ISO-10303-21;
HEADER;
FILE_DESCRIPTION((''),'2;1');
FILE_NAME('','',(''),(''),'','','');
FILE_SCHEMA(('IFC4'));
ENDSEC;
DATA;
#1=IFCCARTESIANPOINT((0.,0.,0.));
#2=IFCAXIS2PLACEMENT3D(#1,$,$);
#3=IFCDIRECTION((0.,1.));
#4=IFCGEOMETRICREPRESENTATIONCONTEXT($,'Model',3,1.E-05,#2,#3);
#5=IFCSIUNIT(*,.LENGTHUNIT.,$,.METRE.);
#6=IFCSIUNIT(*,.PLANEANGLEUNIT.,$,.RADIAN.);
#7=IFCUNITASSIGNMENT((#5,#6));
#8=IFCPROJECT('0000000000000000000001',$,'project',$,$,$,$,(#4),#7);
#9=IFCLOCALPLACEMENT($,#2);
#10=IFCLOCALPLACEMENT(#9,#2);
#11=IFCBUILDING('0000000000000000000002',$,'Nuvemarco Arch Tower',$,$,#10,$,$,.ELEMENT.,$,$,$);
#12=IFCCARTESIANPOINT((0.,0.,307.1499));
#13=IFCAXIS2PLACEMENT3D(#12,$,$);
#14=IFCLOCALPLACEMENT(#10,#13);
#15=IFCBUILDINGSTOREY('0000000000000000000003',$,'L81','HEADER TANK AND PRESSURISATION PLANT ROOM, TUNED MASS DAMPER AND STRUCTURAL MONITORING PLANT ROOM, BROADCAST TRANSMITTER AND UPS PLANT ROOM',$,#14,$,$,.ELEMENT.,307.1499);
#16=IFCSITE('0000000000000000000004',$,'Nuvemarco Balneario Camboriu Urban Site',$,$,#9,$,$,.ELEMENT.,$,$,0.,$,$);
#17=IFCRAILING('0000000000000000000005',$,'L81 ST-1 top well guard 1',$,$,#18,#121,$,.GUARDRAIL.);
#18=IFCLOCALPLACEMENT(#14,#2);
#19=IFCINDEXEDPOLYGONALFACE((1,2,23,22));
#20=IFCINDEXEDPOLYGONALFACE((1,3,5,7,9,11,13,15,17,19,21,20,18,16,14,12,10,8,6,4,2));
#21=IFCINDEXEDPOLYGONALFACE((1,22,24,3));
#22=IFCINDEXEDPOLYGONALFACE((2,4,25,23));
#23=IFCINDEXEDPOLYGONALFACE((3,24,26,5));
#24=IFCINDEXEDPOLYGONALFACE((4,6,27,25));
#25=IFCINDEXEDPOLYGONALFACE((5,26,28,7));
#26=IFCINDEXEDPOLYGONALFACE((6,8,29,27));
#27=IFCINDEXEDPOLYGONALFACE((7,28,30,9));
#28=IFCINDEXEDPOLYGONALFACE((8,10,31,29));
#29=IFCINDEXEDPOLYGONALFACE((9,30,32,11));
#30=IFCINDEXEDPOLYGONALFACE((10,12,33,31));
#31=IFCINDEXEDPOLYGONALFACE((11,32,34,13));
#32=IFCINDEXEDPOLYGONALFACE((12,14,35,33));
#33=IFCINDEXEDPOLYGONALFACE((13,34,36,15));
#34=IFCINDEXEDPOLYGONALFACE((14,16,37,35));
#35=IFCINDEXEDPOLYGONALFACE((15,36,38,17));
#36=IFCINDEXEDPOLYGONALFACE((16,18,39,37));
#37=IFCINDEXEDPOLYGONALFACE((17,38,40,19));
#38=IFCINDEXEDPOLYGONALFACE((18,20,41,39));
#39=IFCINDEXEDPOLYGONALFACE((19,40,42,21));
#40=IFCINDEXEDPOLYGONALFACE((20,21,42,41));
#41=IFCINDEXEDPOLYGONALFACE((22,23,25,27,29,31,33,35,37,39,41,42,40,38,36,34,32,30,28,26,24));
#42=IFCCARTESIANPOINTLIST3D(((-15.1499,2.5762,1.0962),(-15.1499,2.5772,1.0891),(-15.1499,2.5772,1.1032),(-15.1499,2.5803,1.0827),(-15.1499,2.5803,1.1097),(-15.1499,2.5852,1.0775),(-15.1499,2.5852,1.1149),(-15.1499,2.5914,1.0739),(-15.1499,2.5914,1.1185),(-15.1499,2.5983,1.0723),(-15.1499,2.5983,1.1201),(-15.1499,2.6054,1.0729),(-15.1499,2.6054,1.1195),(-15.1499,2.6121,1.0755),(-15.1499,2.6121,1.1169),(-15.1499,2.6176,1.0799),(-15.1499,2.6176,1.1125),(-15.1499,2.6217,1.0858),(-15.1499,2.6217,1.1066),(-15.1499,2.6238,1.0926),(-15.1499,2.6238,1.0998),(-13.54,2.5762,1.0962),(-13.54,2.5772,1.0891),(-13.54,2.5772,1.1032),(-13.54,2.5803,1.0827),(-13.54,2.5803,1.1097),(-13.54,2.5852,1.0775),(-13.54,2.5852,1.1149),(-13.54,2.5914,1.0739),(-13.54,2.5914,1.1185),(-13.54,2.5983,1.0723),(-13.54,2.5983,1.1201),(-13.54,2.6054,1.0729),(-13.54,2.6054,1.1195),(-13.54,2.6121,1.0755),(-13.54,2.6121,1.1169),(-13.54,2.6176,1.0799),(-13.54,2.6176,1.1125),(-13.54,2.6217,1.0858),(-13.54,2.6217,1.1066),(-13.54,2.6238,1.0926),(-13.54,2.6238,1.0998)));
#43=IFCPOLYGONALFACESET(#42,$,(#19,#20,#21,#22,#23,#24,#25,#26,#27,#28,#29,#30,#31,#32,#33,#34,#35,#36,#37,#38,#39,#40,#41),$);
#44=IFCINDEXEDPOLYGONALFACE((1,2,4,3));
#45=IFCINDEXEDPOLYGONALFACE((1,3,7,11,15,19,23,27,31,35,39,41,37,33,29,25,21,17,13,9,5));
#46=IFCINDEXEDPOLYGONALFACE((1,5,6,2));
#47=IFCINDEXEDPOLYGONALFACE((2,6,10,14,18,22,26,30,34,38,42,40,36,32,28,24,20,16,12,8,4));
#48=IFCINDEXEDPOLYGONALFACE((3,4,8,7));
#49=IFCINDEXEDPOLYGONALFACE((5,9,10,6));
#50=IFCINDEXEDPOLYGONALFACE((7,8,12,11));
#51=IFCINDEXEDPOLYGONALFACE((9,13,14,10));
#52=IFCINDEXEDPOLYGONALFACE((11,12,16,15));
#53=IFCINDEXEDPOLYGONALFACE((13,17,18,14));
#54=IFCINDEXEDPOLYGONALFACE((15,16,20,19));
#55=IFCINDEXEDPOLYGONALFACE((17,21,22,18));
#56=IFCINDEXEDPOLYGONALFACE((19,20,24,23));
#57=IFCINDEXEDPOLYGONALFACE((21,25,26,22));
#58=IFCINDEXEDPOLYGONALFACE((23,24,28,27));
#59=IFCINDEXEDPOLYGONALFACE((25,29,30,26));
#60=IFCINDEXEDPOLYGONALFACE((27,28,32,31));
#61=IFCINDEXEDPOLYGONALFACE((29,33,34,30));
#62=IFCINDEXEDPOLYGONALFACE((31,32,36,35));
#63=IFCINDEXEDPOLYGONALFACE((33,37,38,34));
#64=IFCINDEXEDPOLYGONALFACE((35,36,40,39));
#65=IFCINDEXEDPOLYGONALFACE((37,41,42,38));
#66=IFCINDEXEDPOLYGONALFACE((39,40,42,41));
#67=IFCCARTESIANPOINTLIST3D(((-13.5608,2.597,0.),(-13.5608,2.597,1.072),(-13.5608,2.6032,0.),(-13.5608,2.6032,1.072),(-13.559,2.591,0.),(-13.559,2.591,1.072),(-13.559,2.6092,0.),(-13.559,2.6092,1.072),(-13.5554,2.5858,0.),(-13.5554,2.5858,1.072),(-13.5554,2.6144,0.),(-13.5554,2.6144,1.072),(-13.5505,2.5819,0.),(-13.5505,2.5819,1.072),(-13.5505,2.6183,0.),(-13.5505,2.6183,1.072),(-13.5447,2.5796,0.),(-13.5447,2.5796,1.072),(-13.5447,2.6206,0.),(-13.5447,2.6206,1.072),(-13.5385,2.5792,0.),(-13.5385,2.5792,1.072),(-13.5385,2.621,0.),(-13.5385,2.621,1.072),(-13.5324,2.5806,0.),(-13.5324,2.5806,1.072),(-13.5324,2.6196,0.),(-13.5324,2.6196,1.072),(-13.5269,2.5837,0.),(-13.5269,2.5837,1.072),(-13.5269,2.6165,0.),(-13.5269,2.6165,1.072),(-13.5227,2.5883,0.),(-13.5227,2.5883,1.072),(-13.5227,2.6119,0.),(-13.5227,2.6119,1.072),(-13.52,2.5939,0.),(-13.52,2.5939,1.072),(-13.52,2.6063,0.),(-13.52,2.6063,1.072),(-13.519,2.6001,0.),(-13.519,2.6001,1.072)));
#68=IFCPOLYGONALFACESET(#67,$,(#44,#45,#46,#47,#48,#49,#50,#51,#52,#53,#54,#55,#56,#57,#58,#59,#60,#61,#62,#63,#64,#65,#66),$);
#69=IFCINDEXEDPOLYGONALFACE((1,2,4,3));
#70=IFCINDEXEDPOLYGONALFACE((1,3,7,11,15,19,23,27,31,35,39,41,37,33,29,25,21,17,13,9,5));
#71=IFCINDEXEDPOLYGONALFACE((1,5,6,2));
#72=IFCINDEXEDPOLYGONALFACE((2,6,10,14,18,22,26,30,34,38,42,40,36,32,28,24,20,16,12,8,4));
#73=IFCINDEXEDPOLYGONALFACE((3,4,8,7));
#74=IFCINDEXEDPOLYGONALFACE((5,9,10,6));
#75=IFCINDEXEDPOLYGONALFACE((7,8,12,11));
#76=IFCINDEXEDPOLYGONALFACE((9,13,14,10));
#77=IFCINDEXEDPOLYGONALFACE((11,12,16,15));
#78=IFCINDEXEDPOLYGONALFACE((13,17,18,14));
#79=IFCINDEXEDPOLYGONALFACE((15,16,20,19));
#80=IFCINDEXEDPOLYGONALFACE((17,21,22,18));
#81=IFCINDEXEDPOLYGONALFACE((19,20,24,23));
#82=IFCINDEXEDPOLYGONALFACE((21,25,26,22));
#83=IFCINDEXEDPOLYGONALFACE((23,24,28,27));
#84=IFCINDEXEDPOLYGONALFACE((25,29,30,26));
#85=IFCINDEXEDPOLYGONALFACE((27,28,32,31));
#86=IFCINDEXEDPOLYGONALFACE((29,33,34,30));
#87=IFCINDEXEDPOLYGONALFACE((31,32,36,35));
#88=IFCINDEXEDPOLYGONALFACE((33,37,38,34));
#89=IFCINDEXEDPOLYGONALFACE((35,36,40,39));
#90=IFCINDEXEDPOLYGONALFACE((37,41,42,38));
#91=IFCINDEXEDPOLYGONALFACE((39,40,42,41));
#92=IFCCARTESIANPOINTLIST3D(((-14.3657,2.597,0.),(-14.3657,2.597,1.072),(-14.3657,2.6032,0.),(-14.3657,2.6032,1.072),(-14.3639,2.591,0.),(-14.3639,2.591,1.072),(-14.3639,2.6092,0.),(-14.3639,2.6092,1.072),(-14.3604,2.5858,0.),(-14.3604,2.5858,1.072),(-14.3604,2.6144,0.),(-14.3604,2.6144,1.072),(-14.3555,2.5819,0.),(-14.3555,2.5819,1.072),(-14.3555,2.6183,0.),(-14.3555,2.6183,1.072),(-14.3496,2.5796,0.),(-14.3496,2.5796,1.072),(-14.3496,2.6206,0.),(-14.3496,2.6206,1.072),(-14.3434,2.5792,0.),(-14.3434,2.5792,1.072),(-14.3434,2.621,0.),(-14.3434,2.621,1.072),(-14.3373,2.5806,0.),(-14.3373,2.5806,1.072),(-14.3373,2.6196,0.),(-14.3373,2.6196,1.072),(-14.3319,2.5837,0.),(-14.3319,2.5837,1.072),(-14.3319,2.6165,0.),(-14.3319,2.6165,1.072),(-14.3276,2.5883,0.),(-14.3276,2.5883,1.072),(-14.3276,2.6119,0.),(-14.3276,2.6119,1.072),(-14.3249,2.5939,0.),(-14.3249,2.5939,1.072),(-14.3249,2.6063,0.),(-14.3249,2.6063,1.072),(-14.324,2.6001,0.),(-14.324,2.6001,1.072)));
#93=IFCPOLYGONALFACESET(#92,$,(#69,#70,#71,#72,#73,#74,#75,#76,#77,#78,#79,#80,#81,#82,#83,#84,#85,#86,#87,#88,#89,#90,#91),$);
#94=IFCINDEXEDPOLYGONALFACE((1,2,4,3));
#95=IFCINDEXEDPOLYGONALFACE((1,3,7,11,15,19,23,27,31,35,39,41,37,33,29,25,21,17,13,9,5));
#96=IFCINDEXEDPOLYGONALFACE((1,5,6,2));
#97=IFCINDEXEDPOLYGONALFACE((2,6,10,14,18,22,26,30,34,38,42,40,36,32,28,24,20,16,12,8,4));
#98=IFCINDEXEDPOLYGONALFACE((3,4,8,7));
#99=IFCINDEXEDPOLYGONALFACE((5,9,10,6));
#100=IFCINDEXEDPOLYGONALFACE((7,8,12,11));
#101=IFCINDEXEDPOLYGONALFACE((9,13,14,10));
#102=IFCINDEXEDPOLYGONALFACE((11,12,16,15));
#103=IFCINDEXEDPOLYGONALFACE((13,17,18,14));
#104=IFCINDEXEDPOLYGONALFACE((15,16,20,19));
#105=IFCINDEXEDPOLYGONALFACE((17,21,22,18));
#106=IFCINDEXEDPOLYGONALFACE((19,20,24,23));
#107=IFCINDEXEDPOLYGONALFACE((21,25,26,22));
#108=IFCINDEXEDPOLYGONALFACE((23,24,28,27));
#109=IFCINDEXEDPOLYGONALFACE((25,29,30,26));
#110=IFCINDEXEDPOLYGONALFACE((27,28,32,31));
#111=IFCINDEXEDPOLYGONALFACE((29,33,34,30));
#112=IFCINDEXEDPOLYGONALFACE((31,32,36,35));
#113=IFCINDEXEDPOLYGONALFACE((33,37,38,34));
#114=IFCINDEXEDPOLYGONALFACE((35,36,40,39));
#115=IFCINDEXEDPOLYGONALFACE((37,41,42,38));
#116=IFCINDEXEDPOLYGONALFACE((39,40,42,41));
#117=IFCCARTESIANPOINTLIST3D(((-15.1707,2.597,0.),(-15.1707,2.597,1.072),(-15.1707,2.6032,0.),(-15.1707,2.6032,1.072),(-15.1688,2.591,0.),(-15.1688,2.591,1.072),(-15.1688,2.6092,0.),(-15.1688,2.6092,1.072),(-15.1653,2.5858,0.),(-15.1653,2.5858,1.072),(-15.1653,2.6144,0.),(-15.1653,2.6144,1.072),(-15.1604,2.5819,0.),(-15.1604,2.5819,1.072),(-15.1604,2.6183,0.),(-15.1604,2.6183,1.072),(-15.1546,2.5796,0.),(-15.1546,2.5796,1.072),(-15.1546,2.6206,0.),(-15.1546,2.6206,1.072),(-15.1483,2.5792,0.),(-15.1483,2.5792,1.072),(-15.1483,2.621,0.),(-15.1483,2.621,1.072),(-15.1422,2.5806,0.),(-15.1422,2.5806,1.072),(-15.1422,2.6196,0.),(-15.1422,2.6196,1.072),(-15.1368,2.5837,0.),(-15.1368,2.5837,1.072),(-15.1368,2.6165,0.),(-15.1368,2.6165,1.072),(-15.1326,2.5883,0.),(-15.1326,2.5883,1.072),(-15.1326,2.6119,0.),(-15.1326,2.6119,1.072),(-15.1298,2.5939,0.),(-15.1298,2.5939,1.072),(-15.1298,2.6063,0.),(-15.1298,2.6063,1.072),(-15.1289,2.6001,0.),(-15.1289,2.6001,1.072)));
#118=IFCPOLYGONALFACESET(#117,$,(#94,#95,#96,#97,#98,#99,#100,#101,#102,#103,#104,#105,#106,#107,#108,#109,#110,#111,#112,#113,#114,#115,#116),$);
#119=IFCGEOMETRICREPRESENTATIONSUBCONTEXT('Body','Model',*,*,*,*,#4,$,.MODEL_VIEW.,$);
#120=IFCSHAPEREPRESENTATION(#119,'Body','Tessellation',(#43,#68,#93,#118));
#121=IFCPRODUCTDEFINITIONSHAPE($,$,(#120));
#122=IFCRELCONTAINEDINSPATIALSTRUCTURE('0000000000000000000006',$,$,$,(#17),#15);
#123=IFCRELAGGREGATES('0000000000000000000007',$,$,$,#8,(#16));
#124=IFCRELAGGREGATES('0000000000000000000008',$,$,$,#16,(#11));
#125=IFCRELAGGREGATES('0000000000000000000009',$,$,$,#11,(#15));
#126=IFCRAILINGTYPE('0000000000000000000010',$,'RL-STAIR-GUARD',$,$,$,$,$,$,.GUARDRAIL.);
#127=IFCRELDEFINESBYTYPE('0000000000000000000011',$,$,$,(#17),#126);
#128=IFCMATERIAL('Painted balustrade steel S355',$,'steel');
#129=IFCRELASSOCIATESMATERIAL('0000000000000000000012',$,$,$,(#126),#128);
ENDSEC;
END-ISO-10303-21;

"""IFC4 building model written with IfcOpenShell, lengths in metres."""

from ifc_helpers import new_model, si_unit, direction, frame, origin, origin_2d, place, context, subcontext, project, spatial, circle, extrude, material, type_object, element, save


model = new_model("IFC4")

# Units and contexts
model_context = context("Model", 3, precision=1e-05, world=origin(), true_north=direction((0.0, 1.0)))
body_context = subcontext(model_context, "Body", "Model", "MODEL_VIEW")
ifc_project = project(units=[si_unit("LENGTHUNIT", "METRE"), si_unit("PLANEANGLEUNIT", "RADIAN")], contexts=[model_context])

# Site, building, storey
site_placement = place(None, origin())
site = spatial("IfcSite", under=ifc_project, at=site_placement, Name="Nuvemarco Balneario Camboriu Urban Site", CompositionType="ELEMENT", RefElevation=0.0)
building_placement = place(site_placement, origin())
building = spatial("IfcBuilding", under=site, at=building_placement, Name="Nuvemarco Arch Tower", CompositionType="ELEMENT")
storey_placement = place(building_placement, frame((0.0, 0.0, 307.1499)))
storey = spatial("IfcBuildingStorey", under=building, at=storey_placement, Name="L81", Description="HEADER TANK AND PRESSURISATION PLANT ROOM, TUNED MASS DAMPER AND STRUCTURAL MONITORING PLANT ROOM, BROADCAST TRANSMITTER AND UPS PLANT ROOM", CompositionType="ELEMENT", Elevation=307.1499)

# Railing
ifc_material_1 = material(Name="Painted balustrade steel S355", Category="steel")
railing_type = type_object("IfcRailingType", Name="RL-STAIR-GUARD", PredefinedType="GUARDRAIL", material=ifc_material_1)
railing_placement = place(storey_placement, frame((-13.54, 2.6001, 0.0)))
element("IfcRailing", 1, at=railing_placement, inside=storey, type_object=railing_type, Name="L81 ST-1 top well guard 1", PredefinedType="GUARDRAIL", context=body_context, shape_type="SweptSolid", body=[
    extrude(circle(Radius=0.0239, at=origin_2d()), frame((0.0, 0.0, 1.0962), z_axis=(-1.0, 0.0, 0.0), x_axis=(0.0, -1.0, 0.0)), (0.0, 0.0, 1.0), 1.6099),
    extrude(circle(Radius=0.021, at=origin_2d()), origin(), (0.0, 0.0, 1.0), 1.072),
    extrude(circle(Radius=0.021, at=origin_2d()), frame((-0.8049, 0.0, 0.0)), (0.0, 0.0, 1.0), 1.072),
    extrude(circle(Radius=0.021, at=origin_2d()), frame((-1.6099, 0.0, 0.0)), (0.0, 0.0, 1.0), 1.072),
])

save(model, "model.ifc")
